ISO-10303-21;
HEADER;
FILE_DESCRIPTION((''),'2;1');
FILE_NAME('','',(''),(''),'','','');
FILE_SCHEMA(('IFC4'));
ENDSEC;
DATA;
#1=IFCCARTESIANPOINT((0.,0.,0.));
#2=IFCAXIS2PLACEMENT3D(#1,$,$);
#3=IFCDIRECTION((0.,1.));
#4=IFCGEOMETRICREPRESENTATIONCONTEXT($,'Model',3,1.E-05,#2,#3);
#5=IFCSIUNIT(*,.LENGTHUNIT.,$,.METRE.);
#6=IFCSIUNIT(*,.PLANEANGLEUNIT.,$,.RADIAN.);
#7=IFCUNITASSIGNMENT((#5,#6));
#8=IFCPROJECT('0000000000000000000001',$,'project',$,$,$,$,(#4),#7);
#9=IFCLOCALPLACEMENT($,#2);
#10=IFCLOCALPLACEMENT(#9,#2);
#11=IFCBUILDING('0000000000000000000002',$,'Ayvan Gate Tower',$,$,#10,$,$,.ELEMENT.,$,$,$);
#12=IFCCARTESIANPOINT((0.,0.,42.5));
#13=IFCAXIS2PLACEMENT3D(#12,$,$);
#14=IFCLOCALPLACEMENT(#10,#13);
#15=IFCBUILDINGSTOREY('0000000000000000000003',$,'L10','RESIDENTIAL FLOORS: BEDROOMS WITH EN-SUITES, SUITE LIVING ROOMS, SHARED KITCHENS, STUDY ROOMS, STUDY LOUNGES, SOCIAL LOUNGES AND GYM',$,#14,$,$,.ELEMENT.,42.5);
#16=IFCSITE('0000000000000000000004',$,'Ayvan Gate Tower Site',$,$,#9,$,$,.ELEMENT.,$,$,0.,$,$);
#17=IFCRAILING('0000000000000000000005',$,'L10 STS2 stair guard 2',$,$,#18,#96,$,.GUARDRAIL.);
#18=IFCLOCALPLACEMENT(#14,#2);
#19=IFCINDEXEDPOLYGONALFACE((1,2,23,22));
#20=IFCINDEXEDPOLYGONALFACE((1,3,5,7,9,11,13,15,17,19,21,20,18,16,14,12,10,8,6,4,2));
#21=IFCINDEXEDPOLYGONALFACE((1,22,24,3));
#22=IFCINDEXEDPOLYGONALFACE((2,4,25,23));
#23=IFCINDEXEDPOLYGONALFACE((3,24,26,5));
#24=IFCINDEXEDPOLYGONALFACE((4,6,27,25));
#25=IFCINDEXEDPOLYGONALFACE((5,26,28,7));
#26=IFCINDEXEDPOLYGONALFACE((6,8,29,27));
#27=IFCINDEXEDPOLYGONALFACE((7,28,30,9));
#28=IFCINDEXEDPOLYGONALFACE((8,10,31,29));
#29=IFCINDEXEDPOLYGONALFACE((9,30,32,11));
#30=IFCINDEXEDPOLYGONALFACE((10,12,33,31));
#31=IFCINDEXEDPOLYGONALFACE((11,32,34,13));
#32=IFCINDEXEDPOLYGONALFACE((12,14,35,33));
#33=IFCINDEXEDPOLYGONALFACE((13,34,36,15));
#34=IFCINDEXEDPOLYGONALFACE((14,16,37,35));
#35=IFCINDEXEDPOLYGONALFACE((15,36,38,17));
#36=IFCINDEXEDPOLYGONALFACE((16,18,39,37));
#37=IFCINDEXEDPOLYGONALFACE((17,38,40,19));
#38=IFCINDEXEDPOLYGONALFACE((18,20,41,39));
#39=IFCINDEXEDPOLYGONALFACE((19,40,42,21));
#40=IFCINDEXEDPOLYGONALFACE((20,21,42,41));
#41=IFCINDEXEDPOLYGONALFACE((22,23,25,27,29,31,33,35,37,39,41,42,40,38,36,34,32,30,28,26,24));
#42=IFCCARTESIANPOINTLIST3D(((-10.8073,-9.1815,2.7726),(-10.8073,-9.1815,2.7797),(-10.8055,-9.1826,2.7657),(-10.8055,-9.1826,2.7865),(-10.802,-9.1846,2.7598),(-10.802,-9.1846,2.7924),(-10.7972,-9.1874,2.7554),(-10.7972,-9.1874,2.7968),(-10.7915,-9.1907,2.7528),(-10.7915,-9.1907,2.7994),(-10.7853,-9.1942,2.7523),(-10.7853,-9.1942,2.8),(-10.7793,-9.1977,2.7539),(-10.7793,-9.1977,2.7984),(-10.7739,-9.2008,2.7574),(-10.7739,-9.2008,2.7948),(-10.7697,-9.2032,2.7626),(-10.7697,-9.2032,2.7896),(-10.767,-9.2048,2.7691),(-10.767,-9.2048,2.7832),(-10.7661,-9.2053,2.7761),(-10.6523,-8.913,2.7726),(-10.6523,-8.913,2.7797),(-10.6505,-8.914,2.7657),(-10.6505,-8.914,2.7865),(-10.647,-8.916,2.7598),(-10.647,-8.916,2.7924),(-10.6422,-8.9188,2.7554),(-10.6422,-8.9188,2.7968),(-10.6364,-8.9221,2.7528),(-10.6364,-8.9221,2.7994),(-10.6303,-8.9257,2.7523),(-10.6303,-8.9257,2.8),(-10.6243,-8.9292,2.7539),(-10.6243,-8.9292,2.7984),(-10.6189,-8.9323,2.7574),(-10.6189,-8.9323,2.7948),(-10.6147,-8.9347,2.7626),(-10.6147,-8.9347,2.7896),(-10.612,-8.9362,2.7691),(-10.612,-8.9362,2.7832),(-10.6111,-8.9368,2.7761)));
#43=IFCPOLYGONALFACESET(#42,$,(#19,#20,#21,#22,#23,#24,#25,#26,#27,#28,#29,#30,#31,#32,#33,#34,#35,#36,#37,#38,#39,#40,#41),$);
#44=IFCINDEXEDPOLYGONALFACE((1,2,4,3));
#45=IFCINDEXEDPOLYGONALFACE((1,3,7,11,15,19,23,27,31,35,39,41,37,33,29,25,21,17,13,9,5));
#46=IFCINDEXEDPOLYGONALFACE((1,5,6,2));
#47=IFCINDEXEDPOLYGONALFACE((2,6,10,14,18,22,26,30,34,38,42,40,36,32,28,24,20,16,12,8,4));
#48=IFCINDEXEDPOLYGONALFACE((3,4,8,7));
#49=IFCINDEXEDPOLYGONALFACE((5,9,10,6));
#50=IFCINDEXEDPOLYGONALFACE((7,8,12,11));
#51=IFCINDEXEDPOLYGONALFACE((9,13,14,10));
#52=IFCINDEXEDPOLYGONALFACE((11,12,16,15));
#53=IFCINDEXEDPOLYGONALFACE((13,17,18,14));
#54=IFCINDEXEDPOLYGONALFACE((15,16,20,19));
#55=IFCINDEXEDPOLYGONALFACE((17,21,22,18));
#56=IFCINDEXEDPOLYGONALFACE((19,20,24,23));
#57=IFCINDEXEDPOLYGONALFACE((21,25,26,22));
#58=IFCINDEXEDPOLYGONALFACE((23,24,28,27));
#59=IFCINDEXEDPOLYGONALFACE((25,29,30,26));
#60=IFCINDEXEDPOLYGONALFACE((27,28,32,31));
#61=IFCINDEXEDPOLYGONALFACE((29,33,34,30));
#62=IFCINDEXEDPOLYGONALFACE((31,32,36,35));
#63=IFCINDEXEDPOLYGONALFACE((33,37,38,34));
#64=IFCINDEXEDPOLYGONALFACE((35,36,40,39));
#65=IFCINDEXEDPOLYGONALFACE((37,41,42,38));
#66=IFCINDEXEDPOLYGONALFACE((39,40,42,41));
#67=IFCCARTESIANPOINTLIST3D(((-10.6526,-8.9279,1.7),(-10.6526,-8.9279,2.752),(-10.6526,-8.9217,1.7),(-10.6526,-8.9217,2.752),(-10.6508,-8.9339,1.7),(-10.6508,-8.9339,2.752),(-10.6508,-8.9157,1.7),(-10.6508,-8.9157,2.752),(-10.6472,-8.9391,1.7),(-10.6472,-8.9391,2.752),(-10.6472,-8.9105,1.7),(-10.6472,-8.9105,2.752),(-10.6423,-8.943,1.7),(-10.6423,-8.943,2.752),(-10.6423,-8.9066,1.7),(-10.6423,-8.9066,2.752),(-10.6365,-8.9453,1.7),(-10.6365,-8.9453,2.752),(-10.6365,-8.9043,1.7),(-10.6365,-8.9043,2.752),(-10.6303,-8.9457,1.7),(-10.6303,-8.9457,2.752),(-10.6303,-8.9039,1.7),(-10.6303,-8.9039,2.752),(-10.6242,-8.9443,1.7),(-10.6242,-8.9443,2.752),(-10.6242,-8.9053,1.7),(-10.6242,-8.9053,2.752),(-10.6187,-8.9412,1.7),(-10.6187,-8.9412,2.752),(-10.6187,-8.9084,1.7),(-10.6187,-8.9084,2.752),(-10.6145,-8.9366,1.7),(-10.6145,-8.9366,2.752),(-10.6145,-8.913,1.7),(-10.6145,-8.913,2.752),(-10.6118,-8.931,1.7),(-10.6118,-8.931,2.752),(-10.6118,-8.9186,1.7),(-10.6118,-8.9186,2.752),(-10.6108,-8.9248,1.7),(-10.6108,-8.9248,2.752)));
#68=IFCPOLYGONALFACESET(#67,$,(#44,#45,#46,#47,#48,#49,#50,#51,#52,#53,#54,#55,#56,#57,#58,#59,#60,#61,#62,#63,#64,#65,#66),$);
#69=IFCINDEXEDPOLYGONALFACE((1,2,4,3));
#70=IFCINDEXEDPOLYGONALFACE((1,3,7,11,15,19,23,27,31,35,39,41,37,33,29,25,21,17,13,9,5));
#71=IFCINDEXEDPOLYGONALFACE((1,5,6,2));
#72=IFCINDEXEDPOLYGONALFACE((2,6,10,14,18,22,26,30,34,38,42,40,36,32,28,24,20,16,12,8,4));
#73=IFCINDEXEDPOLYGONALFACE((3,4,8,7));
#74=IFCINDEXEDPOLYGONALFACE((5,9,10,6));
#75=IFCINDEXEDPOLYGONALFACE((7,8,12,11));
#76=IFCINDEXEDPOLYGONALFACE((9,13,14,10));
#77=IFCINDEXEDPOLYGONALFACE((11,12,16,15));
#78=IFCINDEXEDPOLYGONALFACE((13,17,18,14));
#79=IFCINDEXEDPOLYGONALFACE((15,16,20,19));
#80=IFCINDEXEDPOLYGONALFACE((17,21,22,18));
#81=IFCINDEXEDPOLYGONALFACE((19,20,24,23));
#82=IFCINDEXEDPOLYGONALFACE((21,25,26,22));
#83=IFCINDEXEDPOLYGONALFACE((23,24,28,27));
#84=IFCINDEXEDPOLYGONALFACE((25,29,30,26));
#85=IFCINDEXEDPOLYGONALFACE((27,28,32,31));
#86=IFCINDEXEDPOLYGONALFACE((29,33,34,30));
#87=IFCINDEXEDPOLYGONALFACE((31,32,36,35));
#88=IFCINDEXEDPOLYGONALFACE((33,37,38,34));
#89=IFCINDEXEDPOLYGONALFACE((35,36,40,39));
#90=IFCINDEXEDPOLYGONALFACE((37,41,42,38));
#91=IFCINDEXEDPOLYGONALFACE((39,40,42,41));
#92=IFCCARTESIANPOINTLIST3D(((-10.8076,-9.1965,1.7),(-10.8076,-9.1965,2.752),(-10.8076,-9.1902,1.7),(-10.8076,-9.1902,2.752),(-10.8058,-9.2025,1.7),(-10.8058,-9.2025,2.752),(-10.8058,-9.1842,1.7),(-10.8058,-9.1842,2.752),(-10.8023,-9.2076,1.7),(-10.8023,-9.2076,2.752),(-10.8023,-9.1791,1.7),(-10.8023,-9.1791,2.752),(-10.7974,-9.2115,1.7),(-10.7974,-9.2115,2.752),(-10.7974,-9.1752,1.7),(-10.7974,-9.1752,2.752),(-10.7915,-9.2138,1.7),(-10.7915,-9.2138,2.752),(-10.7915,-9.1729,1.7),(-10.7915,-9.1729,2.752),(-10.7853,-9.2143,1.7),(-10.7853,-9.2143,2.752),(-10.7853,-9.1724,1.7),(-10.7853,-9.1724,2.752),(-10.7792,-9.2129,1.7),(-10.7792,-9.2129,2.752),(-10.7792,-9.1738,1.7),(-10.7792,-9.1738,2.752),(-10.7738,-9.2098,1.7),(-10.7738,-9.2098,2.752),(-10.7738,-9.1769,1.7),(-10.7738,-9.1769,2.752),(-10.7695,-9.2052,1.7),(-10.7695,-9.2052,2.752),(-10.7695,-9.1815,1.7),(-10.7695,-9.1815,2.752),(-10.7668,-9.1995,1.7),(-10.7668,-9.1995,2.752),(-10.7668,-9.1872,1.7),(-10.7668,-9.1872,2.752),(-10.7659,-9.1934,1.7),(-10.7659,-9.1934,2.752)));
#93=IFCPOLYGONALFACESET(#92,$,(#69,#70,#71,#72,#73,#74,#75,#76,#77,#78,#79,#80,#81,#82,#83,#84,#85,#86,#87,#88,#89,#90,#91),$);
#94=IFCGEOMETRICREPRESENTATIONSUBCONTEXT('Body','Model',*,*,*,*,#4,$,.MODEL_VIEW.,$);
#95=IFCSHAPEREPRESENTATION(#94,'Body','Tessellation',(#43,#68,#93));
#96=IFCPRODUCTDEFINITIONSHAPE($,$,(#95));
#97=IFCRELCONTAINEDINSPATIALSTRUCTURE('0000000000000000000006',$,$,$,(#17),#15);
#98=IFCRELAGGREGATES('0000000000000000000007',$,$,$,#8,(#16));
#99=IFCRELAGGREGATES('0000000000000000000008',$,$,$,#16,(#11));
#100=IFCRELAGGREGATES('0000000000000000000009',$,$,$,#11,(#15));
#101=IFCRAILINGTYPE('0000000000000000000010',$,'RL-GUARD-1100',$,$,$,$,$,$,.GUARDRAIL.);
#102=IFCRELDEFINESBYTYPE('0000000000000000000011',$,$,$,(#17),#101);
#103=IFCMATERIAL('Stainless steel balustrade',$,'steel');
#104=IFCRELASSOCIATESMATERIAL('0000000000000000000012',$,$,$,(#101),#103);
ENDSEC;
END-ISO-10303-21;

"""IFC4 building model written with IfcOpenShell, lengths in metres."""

from ifc_helpers import new_model, si_unit, direction, frame, origin, origin_2d, place, context, subcontext, project, spatial, circle, extrude, material, type_object, element, save


model = new_model("IFC4")

# Units and contexts
model_context = context("Model", 3, precision=1e-05, world=origin(), true_north=direction((0.0, 1.0)))
body_context = subcontext(model_context, "Body", "Model", "MODEL_VIEW")
ifc_project = project(units=[si_unit("LENGTHUNIT", "METRE"), si_unit("PLANEANGLEUNIT", "RADIAN")], contexts=[model_context])

# Site, building, storey
site_placement = place(None, origin())
site = spatial("IfcSite", under=ifc_project, at=site_placement, Name="Ayvan Gate Tower Site", CompositionType="ELEMENT", RefElevation=0.0)
building_placement = place(site_placement, origin())
building = spatial("IfcBuilding", under=site, at=building_placement, Name="Ayvan Gate Tower", CompositionType="ELEMENT")
storey_placement = place(building_placement, frame((0.0, 0.0, 42.5)))
storey = spatial("IfcBuildingStorey", under=building, at=storey_placement, Name="L10", Description="RESIDENTIAL FLOORS: BEDROOMS WITH EN-SUITES, SUITE LIVING ROOMS, SHARED KITCHENS, STUDY ROOMS, STUDY LOUNGES, SOCIAL LOUNGES AND GYM", CompositionType="ELEMENT", Elevation=42.5)

# Railing
ifc_material_1 = material(Name="Stainless steel balustrade", Category="steel")
railing_type_1 = type_object("IfcRailingType", Name="RL-GUARD-1100", PredefinedType="GUARDRAIL", material=ifc_material_1)
railing_1_placement = place(storey_placement, frame((-10.6318, -8.9248, 1.7)))
element("IfcRailing", 1, at=railing_1_placement, inside=storey, type_object=railing_type_1, Name="L10 STS2 stair guard 2", PredefinedType="GUARDRAIL", context=body_context, shape_type="SweptSolid", body=[
    extrude(circle(Radius=0.0239, at=origin_2d()), frame((0.0, 0.0, 1.0762), z_axis=(-0.49995, -0.866054, 0.0), x_axis=(0.866054, -0.49995, 0.0)), (0.0, 0.0, 1.0), 0.3101),
    extrude(circle(Radius=0.021, at=origin_2d()), origin(), (0.0, 0.0, 1.0), 1.052),
    extrude(circle(Radius=0.021, at=origin_2d()), frame((-0.155, -0.2686, 0.0)), (0.0, 0.0, 1.0), 1.052),
])

save(model, "model.ifc")
